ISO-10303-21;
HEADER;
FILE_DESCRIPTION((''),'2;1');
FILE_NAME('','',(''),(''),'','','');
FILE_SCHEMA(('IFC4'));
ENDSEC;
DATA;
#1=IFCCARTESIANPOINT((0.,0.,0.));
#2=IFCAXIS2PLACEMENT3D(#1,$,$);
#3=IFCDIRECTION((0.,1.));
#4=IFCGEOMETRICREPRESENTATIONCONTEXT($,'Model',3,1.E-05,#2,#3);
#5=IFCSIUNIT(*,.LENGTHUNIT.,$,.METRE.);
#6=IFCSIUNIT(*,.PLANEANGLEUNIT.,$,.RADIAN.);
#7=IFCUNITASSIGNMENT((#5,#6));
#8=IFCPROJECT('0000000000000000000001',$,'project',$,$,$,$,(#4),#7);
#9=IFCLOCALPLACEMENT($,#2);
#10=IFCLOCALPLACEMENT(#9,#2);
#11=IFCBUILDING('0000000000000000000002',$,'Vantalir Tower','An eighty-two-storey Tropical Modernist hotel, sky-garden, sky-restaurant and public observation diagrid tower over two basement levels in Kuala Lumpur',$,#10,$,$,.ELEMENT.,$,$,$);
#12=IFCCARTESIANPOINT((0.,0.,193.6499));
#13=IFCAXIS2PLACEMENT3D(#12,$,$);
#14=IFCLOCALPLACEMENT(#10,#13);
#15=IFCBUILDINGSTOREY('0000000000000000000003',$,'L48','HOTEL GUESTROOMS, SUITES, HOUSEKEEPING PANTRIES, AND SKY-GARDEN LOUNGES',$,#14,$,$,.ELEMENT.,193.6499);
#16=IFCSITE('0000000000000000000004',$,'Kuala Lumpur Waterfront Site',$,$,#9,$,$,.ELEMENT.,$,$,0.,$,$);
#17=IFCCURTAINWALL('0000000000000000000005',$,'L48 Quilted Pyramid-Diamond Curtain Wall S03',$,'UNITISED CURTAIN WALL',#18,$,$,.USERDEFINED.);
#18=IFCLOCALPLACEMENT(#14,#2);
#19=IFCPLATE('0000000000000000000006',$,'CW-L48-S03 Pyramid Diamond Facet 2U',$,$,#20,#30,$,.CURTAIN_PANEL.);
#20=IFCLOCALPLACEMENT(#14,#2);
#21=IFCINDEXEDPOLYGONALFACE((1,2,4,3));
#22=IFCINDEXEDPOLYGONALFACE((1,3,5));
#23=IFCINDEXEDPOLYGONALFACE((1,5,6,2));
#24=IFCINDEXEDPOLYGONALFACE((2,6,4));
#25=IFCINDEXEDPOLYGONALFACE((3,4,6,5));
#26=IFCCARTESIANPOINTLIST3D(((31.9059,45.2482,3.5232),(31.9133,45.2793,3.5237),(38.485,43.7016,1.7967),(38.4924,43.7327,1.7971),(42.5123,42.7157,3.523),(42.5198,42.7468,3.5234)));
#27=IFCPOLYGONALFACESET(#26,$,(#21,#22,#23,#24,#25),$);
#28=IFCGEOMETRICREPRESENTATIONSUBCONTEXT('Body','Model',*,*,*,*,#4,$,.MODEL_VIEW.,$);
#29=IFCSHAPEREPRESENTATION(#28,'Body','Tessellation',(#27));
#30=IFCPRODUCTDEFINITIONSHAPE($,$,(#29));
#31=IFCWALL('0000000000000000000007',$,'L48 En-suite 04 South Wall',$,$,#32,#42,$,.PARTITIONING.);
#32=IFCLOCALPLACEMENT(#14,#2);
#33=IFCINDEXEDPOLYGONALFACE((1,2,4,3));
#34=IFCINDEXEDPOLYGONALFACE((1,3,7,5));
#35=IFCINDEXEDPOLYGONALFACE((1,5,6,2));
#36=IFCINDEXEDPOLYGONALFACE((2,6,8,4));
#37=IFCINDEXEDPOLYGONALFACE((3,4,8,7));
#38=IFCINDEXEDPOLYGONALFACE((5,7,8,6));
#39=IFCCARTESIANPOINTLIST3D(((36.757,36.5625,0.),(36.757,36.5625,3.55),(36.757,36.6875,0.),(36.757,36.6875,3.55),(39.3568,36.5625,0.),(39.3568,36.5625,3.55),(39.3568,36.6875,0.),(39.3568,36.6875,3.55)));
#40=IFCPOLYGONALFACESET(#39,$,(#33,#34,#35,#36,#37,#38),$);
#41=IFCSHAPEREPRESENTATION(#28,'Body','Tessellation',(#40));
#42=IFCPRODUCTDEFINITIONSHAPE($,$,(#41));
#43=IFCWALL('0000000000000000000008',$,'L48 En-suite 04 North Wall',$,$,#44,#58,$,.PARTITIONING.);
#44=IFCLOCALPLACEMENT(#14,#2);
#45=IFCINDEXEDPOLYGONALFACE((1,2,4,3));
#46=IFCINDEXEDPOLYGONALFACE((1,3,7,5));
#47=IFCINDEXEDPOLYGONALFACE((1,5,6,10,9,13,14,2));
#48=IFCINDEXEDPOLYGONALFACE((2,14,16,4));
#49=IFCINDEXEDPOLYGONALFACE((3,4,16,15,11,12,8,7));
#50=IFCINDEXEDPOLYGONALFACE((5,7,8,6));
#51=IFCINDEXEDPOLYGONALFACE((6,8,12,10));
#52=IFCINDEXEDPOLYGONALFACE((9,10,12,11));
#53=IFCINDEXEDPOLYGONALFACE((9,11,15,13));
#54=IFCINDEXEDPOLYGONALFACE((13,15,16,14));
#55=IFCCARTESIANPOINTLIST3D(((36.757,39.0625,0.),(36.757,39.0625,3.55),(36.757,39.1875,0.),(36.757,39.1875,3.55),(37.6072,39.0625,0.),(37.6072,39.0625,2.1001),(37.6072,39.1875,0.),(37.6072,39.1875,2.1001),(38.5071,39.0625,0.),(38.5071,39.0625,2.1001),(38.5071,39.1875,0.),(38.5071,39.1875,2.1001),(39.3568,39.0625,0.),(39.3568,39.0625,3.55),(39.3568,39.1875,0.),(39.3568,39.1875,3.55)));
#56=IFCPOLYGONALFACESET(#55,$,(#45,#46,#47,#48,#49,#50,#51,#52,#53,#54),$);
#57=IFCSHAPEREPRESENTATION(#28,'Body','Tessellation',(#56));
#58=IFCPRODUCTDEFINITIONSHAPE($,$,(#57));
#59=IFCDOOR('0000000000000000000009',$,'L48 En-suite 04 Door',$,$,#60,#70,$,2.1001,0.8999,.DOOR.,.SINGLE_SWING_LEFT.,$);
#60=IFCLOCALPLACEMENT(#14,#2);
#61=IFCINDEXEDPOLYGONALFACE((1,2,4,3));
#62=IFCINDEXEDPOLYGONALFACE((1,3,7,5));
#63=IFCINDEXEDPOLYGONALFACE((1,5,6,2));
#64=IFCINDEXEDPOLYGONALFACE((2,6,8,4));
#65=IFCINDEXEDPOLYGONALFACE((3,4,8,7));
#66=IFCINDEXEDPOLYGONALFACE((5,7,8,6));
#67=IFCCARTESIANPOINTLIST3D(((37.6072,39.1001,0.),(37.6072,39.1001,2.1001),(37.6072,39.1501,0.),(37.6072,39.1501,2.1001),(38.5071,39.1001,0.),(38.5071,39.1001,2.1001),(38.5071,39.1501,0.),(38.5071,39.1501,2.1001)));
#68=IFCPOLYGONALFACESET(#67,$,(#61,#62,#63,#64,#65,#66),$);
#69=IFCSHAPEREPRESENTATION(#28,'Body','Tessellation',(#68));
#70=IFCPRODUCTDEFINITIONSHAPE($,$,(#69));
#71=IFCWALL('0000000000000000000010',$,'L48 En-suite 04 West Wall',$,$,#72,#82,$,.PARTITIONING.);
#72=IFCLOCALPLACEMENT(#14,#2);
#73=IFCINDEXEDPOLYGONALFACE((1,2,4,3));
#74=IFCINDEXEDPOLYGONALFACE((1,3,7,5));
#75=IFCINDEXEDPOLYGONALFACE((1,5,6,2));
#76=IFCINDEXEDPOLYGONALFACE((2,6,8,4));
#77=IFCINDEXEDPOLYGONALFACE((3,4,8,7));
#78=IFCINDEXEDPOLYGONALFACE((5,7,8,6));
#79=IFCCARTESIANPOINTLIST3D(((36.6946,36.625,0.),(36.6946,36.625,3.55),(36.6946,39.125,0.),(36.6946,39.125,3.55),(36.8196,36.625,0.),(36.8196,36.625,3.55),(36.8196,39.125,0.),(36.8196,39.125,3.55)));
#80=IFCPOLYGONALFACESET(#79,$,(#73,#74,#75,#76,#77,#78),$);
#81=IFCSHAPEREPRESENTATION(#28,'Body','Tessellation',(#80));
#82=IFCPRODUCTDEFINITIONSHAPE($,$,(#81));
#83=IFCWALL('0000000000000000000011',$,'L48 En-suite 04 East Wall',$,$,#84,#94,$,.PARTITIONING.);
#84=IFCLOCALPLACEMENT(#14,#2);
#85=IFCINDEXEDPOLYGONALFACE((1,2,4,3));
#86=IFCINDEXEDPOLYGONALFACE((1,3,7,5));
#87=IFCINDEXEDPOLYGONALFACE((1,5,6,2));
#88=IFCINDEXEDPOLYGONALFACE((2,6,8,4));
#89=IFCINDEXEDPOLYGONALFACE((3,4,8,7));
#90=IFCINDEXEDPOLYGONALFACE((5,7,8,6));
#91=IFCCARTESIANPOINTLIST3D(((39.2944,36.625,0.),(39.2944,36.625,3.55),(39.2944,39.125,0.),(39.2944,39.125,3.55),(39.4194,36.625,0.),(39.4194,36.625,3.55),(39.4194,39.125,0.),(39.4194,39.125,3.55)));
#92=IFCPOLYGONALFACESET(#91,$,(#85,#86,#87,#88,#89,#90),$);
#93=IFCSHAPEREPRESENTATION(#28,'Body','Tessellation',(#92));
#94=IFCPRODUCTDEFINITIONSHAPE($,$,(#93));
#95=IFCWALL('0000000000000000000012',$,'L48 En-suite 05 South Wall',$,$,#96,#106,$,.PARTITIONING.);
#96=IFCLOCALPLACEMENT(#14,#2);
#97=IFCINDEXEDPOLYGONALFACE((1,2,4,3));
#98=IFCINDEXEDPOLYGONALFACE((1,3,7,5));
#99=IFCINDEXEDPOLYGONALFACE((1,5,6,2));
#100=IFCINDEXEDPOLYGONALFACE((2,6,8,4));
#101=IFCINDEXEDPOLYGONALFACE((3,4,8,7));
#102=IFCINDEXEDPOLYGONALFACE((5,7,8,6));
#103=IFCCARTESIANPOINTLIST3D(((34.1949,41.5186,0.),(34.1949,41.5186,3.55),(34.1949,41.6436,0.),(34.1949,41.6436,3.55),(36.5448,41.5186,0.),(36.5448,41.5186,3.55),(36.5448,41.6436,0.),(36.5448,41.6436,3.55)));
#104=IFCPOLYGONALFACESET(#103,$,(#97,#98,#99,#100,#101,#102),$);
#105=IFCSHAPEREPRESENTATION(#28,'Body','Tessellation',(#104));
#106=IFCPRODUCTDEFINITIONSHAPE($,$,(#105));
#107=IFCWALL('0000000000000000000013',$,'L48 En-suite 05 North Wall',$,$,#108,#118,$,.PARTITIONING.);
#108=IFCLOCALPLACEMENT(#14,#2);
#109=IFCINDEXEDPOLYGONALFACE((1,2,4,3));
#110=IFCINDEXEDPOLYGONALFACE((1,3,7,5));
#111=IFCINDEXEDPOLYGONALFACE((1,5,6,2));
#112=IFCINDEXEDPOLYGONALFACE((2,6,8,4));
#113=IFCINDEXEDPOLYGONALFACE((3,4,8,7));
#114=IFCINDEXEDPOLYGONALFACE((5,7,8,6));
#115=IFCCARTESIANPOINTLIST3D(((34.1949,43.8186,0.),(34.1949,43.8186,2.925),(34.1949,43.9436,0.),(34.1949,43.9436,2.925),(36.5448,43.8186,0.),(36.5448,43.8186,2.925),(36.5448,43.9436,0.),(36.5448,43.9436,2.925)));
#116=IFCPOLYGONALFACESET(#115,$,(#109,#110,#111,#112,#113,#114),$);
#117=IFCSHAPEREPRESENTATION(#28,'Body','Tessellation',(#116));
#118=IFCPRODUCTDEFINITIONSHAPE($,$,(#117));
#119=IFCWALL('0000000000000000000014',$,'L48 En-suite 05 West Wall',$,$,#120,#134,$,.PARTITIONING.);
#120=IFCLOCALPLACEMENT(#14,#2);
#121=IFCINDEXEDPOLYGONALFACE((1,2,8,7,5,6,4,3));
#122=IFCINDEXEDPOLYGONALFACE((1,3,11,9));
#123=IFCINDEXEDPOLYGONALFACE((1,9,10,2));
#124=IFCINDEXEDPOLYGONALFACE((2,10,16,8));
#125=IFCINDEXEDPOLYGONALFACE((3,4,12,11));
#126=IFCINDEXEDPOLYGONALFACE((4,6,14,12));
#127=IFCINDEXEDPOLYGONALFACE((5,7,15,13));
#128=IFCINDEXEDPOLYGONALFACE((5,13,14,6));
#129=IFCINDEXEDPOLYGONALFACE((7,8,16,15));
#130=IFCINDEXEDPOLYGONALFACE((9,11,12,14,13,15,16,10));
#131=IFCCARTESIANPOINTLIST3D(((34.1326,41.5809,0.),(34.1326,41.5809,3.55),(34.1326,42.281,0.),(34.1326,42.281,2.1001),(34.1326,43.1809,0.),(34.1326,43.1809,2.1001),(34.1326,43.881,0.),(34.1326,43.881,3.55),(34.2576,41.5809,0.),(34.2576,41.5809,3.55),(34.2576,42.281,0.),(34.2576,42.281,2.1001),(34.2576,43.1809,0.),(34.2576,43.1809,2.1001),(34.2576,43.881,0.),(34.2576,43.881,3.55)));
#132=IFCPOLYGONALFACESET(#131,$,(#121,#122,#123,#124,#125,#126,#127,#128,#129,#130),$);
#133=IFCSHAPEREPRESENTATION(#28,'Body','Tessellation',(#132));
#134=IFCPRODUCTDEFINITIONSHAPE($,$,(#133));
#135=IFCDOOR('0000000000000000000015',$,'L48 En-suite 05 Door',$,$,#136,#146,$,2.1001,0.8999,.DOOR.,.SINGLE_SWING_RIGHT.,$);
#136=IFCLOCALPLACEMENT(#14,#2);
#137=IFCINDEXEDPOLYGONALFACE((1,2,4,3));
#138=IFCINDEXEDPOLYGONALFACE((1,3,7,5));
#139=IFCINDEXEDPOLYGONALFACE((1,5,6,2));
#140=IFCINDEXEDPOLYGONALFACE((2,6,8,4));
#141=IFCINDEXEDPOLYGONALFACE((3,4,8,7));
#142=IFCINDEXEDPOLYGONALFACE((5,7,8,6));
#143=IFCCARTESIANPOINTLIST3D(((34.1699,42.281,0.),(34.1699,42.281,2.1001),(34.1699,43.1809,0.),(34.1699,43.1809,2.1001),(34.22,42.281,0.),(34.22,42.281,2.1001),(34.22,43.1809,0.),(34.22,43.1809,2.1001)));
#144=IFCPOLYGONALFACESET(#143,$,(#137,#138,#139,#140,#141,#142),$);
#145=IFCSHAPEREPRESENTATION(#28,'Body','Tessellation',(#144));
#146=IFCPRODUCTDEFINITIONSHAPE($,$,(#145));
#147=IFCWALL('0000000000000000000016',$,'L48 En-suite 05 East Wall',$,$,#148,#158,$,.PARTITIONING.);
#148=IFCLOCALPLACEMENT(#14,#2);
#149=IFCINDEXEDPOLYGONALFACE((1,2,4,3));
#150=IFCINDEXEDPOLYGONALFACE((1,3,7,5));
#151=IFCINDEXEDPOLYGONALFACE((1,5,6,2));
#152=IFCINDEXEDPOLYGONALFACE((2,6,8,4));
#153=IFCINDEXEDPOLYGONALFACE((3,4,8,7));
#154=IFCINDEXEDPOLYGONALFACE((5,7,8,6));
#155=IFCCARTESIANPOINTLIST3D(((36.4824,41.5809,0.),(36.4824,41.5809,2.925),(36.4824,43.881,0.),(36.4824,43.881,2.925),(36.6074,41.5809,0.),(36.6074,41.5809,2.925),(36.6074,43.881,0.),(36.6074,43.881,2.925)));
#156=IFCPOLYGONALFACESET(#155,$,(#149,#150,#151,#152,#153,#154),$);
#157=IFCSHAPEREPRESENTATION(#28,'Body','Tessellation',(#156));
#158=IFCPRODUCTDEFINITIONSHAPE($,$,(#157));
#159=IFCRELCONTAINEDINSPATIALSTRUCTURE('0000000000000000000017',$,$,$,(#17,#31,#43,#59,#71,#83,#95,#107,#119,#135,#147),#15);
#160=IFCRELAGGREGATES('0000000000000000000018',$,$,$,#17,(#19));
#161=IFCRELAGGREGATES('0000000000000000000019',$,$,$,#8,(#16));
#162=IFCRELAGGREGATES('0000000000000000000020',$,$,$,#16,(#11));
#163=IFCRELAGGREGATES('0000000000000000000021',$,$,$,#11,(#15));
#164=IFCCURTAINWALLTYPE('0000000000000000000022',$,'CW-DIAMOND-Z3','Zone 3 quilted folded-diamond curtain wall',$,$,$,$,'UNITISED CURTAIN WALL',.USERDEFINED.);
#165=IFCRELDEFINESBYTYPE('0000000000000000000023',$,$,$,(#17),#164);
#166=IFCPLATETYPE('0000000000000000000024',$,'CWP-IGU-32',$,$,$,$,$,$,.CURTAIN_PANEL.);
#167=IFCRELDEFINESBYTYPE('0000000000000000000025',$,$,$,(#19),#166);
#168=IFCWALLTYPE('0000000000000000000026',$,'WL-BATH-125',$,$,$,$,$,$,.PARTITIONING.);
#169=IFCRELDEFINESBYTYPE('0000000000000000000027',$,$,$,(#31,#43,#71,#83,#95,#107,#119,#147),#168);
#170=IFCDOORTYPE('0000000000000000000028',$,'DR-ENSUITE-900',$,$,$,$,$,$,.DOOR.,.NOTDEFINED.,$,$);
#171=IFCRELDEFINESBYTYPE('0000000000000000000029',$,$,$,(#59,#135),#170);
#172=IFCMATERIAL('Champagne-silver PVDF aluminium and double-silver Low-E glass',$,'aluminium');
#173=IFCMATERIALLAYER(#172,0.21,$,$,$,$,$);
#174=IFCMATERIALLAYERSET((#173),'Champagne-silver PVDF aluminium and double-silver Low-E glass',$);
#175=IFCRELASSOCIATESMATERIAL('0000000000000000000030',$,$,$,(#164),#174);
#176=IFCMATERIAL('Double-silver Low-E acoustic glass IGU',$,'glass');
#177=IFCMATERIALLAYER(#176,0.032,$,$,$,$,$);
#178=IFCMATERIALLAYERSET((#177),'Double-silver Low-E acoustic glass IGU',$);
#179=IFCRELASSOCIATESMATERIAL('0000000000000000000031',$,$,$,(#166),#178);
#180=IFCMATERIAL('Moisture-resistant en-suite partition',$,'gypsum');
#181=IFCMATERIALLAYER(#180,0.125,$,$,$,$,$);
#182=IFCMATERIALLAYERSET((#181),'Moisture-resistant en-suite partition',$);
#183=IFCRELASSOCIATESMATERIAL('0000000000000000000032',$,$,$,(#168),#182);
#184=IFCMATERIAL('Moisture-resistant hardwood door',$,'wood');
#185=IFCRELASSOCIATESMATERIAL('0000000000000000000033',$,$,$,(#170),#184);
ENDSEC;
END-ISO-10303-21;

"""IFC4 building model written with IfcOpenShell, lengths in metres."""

from ifc_helpers import new_model, si_unit, direction, frame, frame_2d, origin, place, context, subcontext, project, spatial, polyline, rectangle, outline, extrude, material, layer, layer_set, type_object, element, fill, aggregate, save


model = new_model("IFC4")

# Units and contexts
model_context = context("Model", 3, precision=1e-05, world=origin(), true_north=direction((0.0, 1.0)))
body_context = subcontext(model_context, "Body", "Model", "MODEL_VIEW")
ifc_project = project(units=[si_unit("LENGTHUNIT", "METRE"), si_unit("PLANEANGLEUNIT", "RADIAN")], contexts=[model_context])

# Site, building, storey
site_placement = place(None, origin())
site = spatial("IfcSite", under=ifc_project, at=site_placement, Name="Kuala Lumpur Waterfront Site", CompositionType="ELEMENT", RefElevation=0.0)
building_placement = place(site_placement, origin())
building = spatial("IfcBuilding", under=site, at=building_placement, Name="Vantalir Tower", Description="An eighty-two-storey Tropical Modernist hotel, sky-garden, sky-restaurant and public observation diagrid tower over two basement levels in Kuala Lumpur", CompositionType="ELEMENT")
storey_placement = place(building_placement, frame((0.0, 0.0, 193.6499)))
storey = spatial("IfcBuildingStorey", under=building, at=storey_placement, Name="L48", Description="HOTEL GUESTROOMS, SUITES, HOUSEKEEPING PANTRIES, AND SKY-GARDEN LOUNGES", CompositionType="ELEMENT", Elevation=193.6499)

# Curtain wall, plate
ifc_material_1 = material(Name="Champagne-silver PVDF aluminium and double-silver Low-E glass", Category="aluminium")
ifc_layer_1 = layer(ifc_material_1, 0.21)
ifc_layer_set_1 = layer_set([ifc_layer_1], Name="Champagne-silver PVDF aluminium and double-silver Low-E glass")
curtain_wall_type = type_object("IfcCurtainWallType", Name="CW-DIAMOND-Z3", Description="Zone 3 quilted folded-diamond curtain wall", ElementType="UNITISED CURTAIN WALL", PredefinedType="USERDEFINED", material=ifc_layer_set_1)
curtain_wall_placement = place(storey_placement, origin())
curtain_wall = element("IfcCurtainWall", 1, at=curtain_wall_placement, inside=storey, type_object=curtain_wall_type, Name="L48 Quilted Pyramid-Diamond Curtain Wall S03", ObjectType="UNITISED CURTAIN WALL", PredefinedType="USERDEFINED")
ifc_material_2 = material(Name="Double-silver Low-E acoustic glass IGU", Category="glass")
ifc_layer_2 = layer(ifc_material_2, 0.032)
ifc_layer_set_2 = layer_set([ifc_layer_2], Name="Double-silver Low-E acoustic glass IGU")
plate_type = type_object("IfcPlateType", Name="CWP-IGU-32", PredefinedType="CURTAIN_PANEL", material=ifc_layer_set_2)
plate_1_placement = place(storey_placement, frame((31.9133, 45.2793, 3.5237), z_axis=(0.232218, 0.972568, 0.013657), x_axis=(0.972659, -0.232239, -0.000022)))
plate_1 = element("IfcPlate", 2, at=plate_1_placement, type_object=plate_type, Name="CW-L48-S03 Pyramid Diamond Facet 2U", PredefinedType="CURTAIN_PANEL", context=body_context, shape_type="SweptSolid", body=[
    extrude(outline(polyline([(0.0, 0.0), (10.9046, 0.0), (6.7584, 1.7266), (0.0, 0.0)])), origin(), (0.0, 0.0, -1.0), 0.032),
])
aggregate(curtain_wall, [plate_1])

# Wall
ifc_material_3 = material(Name="Moisture-resistant en-suite partition", Category="gypsum")
ifc_layer_3 = layer(ifc_material_3, 0.125)
ifc_layer_set_3 = layer_set([ifc_layer_3], Name="Moisture-resistant en-suite partition")
wall_type_1 = type_object("IfcWallType", Name="WL-BATH-125", PredefinedType="PARTITIONING", material=ifc_layer_set_3)
wall_1_placement = place(storey_placement, frame((36.7571, 36.625, 0.0), z_axis=(0.0, 0.0, 1.0), x_axis=(1.0, 0.0, 0.0)))
element("IfcWall", 3, at=wall_1_placement, inside=storey, type_object=wall_type_1, Name="L48 En-suite 04 South Wall", PredefinedType="PARTITIONING", context=body_context, shape_type="SweptSolid", body=[
    extrude(rectangle(XDim=2.5999, YDim=0.125, at=frame_2d((1.2998, 0.0))), origin(), (0.0, 0.0, 1.0), 3.55),
])

# Wall, opening, door
wall_2_placement = place(storey_placement, frame((36.7571, 39.125, 0.0), z_axis=(0.0, 0.0, 1.0), x_axis=(1.0, 0.0, 0.0)))
wall_2 = element("IfcWall", 4, at=wall_2_placement, inside=storey, type_object=wall_type_1, Name="L48 En-suite 04 North Wall", PredefinedType="PARTITIONING", context=body_context, shape_type="SweptSolid", body=[
    extrude(rectangle(XDim=2.5999, YDim=0.125, at=frame_2d((1.2998, 0.0))), origin(), (0.0, 0.0, 1.0), 3.55),
])
opening_1_placement = place(wall_2_placement, frame((0.8501, 0.0, 0.0)))
opening_1 = element("IfcOpeningElement", 5, at=opening_1_placement, cuts=wall_2, PredefinedType="OPENING", context=body_context, shape_type="SweptSolid", body=[
    extrude(rectangle(XDim=0.8999, YDim=2.1001, at=frame_2d((0.45, 1.05))), frame((0.0, 0.0725, 0.0), z_axis=(0.0, -1.0, 0.0), x_axis=(1.0, 0.0, 0.0)), (0.0, 0.0, 1.0), 0.145),
])
ifc_material_4 = material(Name="Moisture-resistant hardwood door", Category="wood")
door_type_1 = type_object("IfcDoorType", Name="DR-ENSUITE-900", OperationType="NOTDEFINED", PredefinedType="DOOR", material=ifc_material_4)
door_1_placement = place(opening_1_placement, frame((0.8999, 0.0, 0.0), z_axis=(0.0, 0.0, 1.0), x_axis=(-1.0, 0.0, 0.0)))
door_1 = element("IfcDoor", 6, at=door_1_placement, inside=storey, type_object=door_type_1, Name="L48 En-suite 04 Door", OperationType="SINGLE_SWING_LEFT", OverallHeight=2.1001, OverallWidth=0.8999, PredefinedType="DOOR", context=body_context, shape_type="SweptSolid", body=[
    extrude(rectangle(XDim=0.8999, YDim=2.1001, at=frame_2d((0.45, 1.05))), frame((0.0, 0.0249, 0.0), z_axis=(0.0, -1.0, 0.0), x_axis=(1.0, 0.0, 0.0)), (0.0, 0.0, 1.0), 0.05),
])
fill(opening_1, door_1)

# Walls
for number, where, z_axis, x_axis, name in (
    (7, (36.7571, 36.625, 0.0), (0.0, 0.0, 1.0), (0.0, 1.0, 0.0), "L48 En-suite 04 West Wall"),
    (8, (39.3569, 36.625, 0.0), (0.0, 0.0, 1.0), (0.0, 1.0, 0.0), "L48 En-suite 04 East Wall"),
):
    element("IfcWall", number, at=place(storey_placement, frame(where, z_axis=z_axis, x_axis=x_axis)), inside=storey, type_object=wall_type_1, Name=name, PredefinedType="PARTITIONING", context=body_context, shape_type="SweptSolid", body=[
        extrude(rectangle(XDim=2.5, YDim=0.125, at=frame_2d((1.25, 0.0))), origin(), (0.0, 0.0, 1.0), 3.55),
    ])
wall_3_placement = place(storey_placement, frame((34.1951, 41.5811, 0.0), z_axis=(0.0, 0.0, 1.0), x_axis=(1.0, 0.0, 0.0)))
element("IfcWall", 9, at=wall_3_placement, inside=storey, type_object=wall_type_1, Name="L48 En-suite 05 South Wall", PredefinedType="PARTITIONING", context=body_context, shape_type="SweptSolid", body=[
    extrude(rectangle(XDim=2.3499, YDim=0.125, at=frame_2d((1.1748, 0.0))), origin(), (0.0, 0.0, 1.0), 3.55),
])
wall_4_placement = place(storey_placement, frame((34.1951, 43.8811, 0.0), z_axis=(0.0, 0.0, 1.0), x_axis=(1.0, 0.0, 0.0)))
element("IfcWall", 10, at=wall_4_placement, inside=storey, type_object=wall_type_1, Name="L48 En-suite 05 North Wall", PredefinedType="PARTITIONING", context=body_context, shape_type="SweptSolid", body=[
    extrude(rectangle(XDim=2.3499, YDim=0.125, at=frame_2d((1.1748, 0.0))), origin(), (0.0, 0.0, 1.0), 2.925),
])

# Wall, opening, door
wall_5_placement = place(storey_placement, frame((34.1951, 41.5811, 0.0), z_axis=(0.0, 0.0, 1.0), x_axis=(0.0, 1.0, 0.0)))
wall_5 = element("IfcWall", 11, at=wall_5_placement, inside=storey, type_object=wall_type_1, Name="L48 En-suite 05 West Wall", PredefinedType="PARTITIONING", context=body_context, shape_type="SweptSolid", body=[
    extrude(rectangle(XDim=2.3, YDim=0.125, at=frame_2d((1.1499, 0.0))), origin(), (0.0, 0.0, 1.0), 3.55),
])
opening_2_placement = place(wall_5_placement, frame((0.7, 0.0, 0.0)))
opening_2 = element("IfcOpeningElement", 12, at=opening_2_placement, cuts=wall_5, PredefinedType="OPENING", context=body_context, shape_type="SweptSolid", body=[
    extrude(rectangle(XDim=0.8999, YDim=2.1001, at=frame_2d((0.45, 1.05))), frame((0.0, 0.0725, 0.0), z_axis=(0.0, -1.0, 0.0), x_axis=(1.0, 0.0, 0.0)), (0.0, 0.0, 1.0), 0.145),
])
door_2_placement = place(opening_2_placement, frame((0.8999, 0.0, 0.0), z_axis=(0.0, 0.0, 1.0), x_axis=(-1.0, 0.0, 0.0)))
door_2 = element("IfcDoor", 13, at=door_2_placement, inside=storey, type_object=door_type_1, Name="L48 En-suite 05 Door", OperationType="SINGLE_SWING_RIGHT", OverallHeight=2.1001, OverallWidth=0.8999, PredefinedType="DOOR", context=body_context, shape_type="SweptSolid", body=[
    extrude(rectangle(XDim=0.8999, YDim=2.1001, at=frame_2d((0.45, 1.05))), frame((0.0, 0.0249, 0.0), z_axis=(0.0, -1.0, 0.0), x_axis=(1.0, 0.0, 0.0)), (0.0, 0.0, 1.0), 0.05),
])
fill(opening_2, door_2)

# Wall
wall_6_placement = place(storey_placement, frame((36.5449, 41.5811, 0.0), z_axis=(0.0, 0.0, 1.0), x_axis=(0.0, 1.0, 0.0)))
element("IfcWall", 14, at=wall_6_placement, inside=storey, type_object=wall_type_1, Name="L48 En-suite 05 East Wall", PredefinedType="PARTITIONING", context=body_context, shape_type="SweptSolid", body=[
    extrude(rectangle(XDim=2.3, YDim=0.125, at=frame_2d((1.1499, 0.0))), origin(), (0.0, 0.0, 1.0), 2.925),
])

save(model, "model.ifc")
